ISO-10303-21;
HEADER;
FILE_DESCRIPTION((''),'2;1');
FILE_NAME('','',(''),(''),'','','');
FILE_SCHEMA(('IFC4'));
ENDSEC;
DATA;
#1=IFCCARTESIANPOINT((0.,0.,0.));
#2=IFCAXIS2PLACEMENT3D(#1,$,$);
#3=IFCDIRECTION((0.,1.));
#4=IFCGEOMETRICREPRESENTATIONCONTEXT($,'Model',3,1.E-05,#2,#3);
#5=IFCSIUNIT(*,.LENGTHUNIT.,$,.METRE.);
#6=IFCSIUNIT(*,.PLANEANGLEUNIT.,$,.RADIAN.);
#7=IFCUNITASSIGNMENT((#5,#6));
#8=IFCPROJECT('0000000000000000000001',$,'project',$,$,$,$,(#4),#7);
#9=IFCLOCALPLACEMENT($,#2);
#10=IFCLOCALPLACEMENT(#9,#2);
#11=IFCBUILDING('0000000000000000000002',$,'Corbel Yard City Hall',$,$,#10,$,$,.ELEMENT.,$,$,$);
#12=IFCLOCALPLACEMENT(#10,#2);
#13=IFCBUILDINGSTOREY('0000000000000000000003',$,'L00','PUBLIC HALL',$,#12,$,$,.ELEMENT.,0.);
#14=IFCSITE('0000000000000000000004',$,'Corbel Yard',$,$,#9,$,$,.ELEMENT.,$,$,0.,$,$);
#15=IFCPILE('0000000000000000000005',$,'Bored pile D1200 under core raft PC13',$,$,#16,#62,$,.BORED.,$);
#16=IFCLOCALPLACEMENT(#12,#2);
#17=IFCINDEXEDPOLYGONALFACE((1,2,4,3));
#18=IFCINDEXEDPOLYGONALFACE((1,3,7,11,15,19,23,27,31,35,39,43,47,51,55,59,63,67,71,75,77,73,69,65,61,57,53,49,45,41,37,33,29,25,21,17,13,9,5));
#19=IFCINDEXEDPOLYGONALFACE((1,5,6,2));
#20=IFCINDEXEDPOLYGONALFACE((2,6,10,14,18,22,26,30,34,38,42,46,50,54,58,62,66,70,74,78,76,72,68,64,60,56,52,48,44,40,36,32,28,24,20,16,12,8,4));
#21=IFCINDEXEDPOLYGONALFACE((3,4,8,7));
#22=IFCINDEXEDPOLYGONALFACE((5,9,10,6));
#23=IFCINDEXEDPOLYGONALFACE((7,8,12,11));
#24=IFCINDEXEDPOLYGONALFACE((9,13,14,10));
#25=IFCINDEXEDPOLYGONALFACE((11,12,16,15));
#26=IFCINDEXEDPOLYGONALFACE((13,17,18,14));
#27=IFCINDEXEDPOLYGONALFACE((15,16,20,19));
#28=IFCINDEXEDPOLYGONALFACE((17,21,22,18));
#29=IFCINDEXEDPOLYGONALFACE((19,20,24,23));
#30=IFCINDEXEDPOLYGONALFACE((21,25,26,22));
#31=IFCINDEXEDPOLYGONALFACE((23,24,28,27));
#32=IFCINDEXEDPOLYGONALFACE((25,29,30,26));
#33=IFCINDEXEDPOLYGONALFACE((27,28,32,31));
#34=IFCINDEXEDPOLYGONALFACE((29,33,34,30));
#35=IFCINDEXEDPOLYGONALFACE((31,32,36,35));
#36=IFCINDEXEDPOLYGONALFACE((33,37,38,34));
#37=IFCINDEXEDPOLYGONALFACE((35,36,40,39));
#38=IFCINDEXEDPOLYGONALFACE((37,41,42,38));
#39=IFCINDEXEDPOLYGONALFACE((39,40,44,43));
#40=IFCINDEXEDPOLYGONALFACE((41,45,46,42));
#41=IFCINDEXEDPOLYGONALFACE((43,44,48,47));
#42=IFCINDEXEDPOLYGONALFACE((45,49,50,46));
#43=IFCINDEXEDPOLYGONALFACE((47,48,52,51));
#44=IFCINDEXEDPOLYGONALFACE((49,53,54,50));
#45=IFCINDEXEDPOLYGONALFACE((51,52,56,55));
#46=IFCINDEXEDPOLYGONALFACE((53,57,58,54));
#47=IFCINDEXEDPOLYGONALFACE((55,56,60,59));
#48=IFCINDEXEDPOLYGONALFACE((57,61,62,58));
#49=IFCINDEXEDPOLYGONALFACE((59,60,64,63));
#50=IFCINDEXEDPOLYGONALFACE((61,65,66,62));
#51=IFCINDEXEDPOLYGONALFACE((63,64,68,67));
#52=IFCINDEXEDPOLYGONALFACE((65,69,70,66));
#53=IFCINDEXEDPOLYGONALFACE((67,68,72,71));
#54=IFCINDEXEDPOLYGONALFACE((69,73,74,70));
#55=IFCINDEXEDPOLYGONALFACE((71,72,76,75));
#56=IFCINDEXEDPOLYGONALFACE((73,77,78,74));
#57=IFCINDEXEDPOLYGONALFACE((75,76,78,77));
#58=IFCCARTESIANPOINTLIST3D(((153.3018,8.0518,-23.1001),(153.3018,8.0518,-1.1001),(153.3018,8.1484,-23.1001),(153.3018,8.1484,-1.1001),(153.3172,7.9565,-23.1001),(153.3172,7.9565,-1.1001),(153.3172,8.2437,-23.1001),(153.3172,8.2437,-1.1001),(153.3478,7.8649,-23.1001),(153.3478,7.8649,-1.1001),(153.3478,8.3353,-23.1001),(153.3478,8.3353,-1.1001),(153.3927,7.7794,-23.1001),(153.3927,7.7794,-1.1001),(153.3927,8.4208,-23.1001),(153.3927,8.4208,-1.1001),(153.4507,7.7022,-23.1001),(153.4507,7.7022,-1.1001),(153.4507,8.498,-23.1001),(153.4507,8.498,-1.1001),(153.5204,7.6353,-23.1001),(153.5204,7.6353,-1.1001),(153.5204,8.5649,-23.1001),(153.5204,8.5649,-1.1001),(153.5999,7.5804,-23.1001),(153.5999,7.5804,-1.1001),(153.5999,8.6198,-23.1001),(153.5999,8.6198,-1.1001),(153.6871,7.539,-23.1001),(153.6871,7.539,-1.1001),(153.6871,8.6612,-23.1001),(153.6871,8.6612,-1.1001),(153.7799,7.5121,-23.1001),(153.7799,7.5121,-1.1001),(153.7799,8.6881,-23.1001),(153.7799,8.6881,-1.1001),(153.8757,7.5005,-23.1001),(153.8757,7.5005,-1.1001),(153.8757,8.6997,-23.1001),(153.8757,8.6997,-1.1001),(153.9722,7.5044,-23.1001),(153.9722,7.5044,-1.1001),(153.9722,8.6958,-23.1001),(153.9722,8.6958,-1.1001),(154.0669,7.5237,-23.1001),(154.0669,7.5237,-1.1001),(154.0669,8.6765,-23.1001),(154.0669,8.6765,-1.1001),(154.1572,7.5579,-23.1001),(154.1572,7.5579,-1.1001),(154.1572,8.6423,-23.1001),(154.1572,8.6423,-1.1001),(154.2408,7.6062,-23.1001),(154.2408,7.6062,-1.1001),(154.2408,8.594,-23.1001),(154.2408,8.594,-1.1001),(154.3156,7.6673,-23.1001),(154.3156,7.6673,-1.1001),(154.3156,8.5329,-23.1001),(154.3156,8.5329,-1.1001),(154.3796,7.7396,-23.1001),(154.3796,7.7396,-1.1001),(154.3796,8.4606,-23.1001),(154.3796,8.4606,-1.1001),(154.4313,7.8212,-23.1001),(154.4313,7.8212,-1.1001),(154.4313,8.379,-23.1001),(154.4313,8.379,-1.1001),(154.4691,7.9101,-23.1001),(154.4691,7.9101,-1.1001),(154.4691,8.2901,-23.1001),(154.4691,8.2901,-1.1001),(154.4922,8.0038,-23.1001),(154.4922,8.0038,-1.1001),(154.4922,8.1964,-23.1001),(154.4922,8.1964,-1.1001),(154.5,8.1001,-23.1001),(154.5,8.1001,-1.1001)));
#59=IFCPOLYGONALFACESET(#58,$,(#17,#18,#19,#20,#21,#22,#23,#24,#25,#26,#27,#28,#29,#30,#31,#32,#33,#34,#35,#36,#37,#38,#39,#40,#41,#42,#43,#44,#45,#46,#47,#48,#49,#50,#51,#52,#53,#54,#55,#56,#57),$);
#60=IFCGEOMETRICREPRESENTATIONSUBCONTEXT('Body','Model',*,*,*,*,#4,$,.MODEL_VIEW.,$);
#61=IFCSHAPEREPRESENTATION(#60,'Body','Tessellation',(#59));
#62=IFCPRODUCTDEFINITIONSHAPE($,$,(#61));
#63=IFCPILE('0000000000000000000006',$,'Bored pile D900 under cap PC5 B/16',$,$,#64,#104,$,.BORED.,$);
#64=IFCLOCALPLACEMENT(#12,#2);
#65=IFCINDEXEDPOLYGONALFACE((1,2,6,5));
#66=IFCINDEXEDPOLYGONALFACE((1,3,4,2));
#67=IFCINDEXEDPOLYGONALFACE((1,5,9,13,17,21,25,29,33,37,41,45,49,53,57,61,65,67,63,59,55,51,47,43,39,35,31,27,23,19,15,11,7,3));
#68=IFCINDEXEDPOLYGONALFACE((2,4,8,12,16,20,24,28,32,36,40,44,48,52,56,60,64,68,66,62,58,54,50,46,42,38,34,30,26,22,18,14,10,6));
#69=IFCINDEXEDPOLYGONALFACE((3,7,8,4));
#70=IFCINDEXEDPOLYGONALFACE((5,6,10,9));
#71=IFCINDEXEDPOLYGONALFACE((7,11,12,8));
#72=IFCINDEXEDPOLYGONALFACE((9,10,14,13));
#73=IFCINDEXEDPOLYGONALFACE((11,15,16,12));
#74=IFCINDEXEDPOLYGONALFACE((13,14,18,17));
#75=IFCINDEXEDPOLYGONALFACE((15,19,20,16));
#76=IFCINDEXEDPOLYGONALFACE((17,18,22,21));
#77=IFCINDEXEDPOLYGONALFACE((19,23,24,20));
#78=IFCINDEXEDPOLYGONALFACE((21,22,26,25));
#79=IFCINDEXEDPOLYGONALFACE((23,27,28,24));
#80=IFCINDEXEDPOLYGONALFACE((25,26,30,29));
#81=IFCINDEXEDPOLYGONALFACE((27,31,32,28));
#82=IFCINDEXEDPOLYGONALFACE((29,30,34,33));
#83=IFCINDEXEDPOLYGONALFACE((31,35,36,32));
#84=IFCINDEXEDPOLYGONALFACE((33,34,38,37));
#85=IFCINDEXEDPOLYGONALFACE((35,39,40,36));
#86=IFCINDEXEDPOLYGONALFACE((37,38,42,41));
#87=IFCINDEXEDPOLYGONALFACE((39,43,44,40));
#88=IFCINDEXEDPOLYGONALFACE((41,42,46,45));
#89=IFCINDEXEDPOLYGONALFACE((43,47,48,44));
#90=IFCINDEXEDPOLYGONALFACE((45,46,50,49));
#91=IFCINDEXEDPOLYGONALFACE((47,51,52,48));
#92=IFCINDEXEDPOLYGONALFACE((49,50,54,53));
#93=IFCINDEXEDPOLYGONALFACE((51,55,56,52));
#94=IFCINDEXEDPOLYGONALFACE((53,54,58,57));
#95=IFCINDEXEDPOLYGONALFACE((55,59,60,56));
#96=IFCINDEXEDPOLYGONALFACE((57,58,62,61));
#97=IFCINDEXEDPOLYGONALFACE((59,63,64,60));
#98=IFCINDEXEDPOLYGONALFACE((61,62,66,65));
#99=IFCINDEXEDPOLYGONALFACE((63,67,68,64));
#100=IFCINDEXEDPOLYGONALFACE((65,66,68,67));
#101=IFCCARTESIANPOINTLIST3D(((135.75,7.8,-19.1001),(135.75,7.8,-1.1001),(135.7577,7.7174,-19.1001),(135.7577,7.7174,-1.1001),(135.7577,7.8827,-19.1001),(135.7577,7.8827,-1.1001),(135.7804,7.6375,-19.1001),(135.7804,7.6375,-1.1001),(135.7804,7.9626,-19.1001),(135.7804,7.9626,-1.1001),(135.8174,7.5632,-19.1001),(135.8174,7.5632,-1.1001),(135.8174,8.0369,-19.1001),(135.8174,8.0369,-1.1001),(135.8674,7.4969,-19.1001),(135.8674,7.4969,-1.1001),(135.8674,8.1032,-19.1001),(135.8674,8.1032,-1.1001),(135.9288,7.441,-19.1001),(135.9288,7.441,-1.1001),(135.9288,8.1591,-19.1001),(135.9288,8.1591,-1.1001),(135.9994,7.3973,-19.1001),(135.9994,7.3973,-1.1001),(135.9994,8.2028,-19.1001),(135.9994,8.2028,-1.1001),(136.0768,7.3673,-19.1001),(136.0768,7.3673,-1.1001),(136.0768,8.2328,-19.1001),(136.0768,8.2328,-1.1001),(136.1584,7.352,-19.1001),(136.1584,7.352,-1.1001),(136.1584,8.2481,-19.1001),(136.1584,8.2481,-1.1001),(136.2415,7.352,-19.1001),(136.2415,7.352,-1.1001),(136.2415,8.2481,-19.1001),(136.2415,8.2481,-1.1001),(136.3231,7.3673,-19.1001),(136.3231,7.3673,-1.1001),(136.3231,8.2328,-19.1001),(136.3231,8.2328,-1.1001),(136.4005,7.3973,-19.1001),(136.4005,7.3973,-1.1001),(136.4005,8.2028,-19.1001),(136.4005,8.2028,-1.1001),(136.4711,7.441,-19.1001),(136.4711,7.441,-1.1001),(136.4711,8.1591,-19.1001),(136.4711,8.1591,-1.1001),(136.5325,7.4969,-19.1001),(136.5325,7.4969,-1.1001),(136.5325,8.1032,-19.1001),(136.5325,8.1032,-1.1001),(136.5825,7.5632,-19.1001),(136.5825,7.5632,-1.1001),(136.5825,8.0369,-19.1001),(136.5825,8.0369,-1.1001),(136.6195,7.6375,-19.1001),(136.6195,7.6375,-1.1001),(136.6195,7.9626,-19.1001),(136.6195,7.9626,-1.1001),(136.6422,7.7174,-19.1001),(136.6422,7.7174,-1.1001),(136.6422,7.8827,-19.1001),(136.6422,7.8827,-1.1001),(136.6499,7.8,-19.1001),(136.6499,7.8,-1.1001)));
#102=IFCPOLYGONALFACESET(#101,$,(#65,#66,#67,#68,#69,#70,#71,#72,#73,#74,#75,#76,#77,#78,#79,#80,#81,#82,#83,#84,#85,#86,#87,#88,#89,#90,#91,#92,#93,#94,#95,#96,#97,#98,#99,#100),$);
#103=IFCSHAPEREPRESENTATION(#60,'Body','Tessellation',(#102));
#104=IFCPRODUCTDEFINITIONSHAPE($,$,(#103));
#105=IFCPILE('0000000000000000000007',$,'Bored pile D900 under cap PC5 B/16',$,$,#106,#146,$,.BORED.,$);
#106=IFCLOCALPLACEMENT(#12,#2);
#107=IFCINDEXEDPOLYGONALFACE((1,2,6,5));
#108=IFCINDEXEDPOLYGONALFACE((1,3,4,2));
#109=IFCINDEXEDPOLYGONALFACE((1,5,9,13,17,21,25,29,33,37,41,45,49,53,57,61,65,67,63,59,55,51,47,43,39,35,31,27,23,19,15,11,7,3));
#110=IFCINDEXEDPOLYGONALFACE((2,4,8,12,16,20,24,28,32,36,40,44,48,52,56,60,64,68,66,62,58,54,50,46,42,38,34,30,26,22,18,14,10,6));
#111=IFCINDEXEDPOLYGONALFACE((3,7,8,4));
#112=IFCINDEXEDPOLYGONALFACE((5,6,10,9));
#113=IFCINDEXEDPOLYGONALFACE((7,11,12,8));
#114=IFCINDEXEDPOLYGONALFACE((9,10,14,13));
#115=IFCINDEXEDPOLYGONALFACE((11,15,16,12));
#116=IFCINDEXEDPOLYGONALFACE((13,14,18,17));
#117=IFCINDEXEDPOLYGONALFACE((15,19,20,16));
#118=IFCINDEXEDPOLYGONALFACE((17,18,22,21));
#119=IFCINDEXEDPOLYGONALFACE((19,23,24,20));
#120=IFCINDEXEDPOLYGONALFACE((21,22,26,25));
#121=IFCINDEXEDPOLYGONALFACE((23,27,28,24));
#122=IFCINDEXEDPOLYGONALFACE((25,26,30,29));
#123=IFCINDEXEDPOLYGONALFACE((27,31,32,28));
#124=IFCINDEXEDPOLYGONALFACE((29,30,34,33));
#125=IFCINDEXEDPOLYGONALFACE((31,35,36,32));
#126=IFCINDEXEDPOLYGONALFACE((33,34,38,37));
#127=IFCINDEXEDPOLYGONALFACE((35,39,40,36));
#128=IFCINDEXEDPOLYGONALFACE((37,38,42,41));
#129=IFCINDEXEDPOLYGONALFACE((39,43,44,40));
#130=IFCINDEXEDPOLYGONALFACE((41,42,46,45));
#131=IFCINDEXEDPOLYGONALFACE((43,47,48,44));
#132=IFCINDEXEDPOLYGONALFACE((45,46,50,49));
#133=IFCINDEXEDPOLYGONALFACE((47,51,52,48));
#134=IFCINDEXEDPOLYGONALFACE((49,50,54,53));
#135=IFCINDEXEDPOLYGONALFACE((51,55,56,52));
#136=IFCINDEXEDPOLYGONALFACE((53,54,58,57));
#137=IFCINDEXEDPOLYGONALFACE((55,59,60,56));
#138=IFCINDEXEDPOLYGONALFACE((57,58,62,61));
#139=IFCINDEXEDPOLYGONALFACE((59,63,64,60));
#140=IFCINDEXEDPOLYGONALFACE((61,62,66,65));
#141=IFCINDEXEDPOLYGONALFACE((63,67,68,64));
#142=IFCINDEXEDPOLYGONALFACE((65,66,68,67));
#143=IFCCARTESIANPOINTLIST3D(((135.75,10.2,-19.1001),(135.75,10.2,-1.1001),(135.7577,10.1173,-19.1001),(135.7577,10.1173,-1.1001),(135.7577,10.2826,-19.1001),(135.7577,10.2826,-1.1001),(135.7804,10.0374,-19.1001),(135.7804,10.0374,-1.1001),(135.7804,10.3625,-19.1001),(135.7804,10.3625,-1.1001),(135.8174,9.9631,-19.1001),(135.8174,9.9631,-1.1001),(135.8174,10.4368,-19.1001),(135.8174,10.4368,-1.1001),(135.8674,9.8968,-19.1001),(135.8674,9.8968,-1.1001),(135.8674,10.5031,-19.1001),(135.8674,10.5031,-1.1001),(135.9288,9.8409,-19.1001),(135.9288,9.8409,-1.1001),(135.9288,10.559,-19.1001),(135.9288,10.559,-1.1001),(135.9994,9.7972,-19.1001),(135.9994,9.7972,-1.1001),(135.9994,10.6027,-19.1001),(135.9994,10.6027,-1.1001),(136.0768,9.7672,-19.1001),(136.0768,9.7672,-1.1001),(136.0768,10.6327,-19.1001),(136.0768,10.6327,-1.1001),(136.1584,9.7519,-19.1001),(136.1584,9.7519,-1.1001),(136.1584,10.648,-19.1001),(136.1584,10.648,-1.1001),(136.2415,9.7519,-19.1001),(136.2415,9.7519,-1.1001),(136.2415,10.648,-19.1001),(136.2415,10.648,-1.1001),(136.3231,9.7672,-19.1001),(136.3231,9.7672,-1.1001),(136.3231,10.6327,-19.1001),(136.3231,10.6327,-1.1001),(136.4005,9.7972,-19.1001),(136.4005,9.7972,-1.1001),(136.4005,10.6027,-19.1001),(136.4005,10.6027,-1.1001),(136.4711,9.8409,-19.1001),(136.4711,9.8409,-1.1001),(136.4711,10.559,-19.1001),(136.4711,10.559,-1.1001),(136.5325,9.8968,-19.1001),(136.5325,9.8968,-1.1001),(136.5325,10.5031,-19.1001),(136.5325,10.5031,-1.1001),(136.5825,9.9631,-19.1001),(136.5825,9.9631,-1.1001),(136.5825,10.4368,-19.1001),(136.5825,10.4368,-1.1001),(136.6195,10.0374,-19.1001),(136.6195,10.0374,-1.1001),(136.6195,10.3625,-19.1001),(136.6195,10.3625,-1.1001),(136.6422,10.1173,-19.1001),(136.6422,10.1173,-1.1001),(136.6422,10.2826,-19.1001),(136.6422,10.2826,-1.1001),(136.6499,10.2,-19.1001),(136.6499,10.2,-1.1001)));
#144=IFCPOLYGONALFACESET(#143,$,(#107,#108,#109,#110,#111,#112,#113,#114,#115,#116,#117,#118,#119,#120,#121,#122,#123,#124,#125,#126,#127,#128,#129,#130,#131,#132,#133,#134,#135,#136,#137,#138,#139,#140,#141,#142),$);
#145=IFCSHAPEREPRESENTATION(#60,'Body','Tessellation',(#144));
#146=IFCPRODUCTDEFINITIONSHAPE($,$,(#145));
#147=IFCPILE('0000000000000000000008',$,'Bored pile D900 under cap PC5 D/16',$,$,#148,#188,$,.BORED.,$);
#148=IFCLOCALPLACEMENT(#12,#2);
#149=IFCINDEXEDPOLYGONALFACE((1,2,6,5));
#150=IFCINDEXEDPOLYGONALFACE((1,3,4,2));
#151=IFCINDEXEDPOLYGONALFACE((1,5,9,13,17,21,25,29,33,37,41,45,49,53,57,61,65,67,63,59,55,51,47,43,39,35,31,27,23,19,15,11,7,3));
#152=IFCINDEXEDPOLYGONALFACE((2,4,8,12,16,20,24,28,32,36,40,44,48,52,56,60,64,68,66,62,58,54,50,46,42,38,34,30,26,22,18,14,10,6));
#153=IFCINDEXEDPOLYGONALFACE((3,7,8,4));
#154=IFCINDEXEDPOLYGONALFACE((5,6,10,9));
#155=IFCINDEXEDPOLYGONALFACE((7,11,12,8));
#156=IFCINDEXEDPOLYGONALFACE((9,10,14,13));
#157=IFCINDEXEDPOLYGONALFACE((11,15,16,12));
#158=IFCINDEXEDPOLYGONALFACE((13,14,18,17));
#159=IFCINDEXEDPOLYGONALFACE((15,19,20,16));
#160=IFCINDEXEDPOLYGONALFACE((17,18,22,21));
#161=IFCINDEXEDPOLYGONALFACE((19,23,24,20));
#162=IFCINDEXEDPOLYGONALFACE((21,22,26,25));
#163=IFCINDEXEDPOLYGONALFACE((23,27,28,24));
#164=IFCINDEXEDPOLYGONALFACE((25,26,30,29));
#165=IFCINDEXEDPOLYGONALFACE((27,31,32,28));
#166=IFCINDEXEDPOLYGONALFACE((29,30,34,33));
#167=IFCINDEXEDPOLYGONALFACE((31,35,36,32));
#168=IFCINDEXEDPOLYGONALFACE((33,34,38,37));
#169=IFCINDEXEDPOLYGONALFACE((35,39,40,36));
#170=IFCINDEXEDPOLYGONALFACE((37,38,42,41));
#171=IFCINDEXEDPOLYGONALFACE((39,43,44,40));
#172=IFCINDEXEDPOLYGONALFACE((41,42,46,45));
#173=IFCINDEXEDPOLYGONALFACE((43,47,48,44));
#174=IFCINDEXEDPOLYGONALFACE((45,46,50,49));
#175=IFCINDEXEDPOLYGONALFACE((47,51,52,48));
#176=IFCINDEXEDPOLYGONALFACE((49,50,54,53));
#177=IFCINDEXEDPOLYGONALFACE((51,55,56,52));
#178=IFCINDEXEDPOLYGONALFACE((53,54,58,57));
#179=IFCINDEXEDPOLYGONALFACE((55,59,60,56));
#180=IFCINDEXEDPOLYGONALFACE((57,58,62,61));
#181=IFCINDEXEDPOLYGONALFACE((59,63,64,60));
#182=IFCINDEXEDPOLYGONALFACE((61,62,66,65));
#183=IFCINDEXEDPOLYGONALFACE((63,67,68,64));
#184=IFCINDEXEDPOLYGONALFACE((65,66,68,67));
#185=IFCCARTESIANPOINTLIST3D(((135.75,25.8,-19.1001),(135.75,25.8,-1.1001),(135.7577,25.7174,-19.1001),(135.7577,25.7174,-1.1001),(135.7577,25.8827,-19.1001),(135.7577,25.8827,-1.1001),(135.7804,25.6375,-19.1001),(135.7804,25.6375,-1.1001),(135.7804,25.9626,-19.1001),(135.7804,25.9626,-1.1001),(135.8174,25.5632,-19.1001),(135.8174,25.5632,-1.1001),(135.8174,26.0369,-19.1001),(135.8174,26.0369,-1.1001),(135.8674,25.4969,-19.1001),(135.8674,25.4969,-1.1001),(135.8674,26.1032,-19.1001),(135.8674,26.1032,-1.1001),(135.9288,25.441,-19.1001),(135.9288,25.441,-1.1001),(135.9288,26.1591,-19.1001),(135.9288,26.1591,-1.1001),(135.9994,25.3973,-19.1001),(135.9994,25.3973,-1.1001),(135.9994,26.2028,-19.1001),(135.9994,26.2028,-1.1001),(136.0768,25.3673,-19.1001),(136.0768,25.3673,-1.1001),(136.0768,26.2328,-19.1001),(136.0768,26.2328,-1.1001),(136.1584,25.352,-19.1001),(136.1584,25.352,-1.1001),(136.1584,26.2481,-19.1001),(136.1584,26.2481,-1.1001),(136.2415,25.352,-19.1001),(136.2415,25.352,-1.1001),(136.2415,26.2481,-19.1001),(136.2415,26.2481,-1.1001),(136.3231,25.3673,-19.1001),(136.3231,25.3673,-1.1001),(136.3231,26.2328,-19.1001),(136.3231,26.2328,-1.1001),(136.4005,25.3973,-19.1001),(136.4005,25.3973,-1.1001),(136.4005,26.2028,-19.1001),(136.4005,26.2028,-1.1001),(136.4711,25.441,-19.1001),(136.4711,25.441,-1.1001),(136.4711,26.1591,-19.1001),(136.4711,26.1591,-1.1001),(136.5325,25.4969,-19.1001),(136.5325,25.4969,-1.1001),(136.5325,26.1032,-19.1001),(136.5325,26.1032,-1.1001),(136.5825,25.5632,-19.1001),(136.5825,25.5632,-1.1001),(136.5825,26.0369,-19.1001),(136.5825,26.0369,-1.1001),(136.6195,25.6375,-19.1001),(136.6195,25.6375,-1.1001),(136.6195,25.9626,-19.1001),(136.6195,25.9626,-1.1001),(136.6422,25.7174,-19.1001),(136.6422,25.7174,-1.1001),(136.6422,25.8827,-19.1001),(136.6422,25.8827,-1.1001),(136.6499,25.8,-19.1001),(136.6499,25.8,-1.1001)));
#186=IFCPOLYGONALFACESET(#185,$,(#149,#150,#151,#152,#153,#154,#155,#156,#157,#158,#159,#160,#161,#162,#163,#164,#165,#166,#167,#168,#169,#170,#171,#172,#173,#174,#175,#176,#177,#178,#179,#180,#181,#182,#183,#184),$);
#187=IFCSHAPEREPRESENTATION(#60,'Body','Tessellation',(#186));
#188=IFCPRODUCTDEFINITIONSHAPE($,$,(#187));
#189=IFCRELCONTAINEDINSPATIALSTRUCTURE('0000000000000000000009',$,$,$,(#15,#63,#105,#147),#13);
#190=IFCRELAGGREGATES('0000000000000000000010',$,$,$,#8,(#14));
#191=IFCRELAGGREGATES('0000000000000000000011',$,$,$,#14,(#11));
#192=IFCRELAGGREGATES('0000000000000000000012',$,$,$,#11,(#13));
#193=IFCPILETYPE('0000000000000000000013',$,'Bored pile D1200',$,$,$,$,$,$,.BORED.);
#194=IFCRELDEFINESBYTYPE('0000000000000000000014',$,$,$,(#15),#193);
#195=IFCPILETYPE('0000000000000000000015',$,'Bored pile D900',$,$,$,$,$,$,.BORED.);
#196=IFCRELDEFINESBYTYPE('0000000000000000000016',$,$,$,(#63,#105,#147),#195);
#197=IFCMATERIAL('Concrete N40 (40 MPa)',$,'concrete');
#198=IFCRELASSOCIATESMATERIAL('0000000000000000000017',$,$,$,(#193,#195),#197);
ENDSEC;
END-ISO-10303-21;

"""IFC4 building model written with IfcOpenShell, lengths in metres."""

from ifc_helpers import new_model, si_unit, direction, frame, origin, origin_2d, place, context, subcontext, project, spatial, circle, extrude, material, material_profile, profile_set, type_object, element, save


model = new_model("IFC4")

# Units and contexts
model_context = context("Model", 3, precision=1e-05, world=origin(), true_north=direction((0.0, 1.0)))
body_context = subcontext(model_context, "Body", "Model", "MODEL_VIEW")
ifc_project = project(units=[si_unit("LENGTHUNIT", "METRE"), si_unit("PLANEANGLEUNIT", "RADIAN")], contexts=[model_context])

# Site, building, storey
site_placement = place(None, origin())
site = spatial("IfcSite", under=ifc_project, at=site_placement, Name="Corbel Yard", CompositionType="ELEMENT", RefElevation=0.0)
building_placement = place(site_placement, origin())
building = spatial("IfcBuilding", under=site, at=building_placement, Name="Corbel Yard City Hall", CompositionType="ELEMENT")
storey_placement = place(building_placement, origin())
storey = spatial("IfcBuildingStorey", under=building, at=storey_placement, Name="L00", Description="PUBLIC HALL", CompositionType="ELEMENT", Elevation=0.0)

# Piles
ifc_material_1 = material(Name="Concrete N40 (40 MPa)", Category="concrete")
ifc_material_profile_1 = material_profile(ifc_material_1, circle(Radius=0.6001, at=origin_2d()), Name="D1200")
ifc_profile_set_1 = profile_set([ifc_material_profile_1], Name="Concrete N40 (40 MPa)")
pile_type_1 = type_object("IfcPileType", Name="Bored pile D1200", PredefinedType="BORED", material=ifc_profile_set_1)
pile_placement = place(storey_placement, frame((153.8999, 8.1001, -1.1001), z_axis=(0.0, 0.0, -1.0), x_axis=(1.0, 0.0, 0.0)))
element("IfcPile", 1, at=pile_placement, inside=storey, type_object=pile_type_1, Name="Bored pile D1200 under core raft PC13", PredefinedType="BORED", context=body_context, shape_type="SweptSolid", body=[
    extrude(circle(Radius=0.6001, at=origin_2d()), origin(), (0.0, 0.0, 1.0), 22.0),
])
ifc_material_profile_2 = material_profile(ifc_material_1, circle(Radius=0.45, at=origin_2d()), Name="D900")
ifc_profile_set_2 = profile_set([ifc_material_profile_2], Name="Concrete N40 (40 MPa)")
pile_type_2 = type_object("IfcPileType", Name="Bored pile D900", PredefinedType="BORED", material=ifc_profile_set_2)
for number, where, z_axis, x_axis, name in (
    (2, (136.2, 7.8, -1.1001), (0.0, 0.0, -1.0), (1.0, 0.0, 0.0), "Bored pile D900 under cap PC5 B/16"),
    (3, (136.2, 10.2, -1.1001), (0.0, 0.0, -1.0), (1.0, 0.0, 0.0), "Bored pile D900 under cap PC5 B/16"),
    (4, (136.2, 25.8, -1.1001), (0.0, 0.0, -1.0), (1.0, 0.0, 0.0), "Bored pile D900 under cap PC5 D/16"),
):
    element("IfcPile", number, at=place(storey_placement, frame(where, z_axis=z_axis, x_axis=x_axis)), inside=storey, type_object=pile_type_2, Name=name, PredefinedType="BORED", context=body_context, shape_type="SweptSolid", body=[
        extrude(circle(Radius=0.45, at=origin_2d()), origin(), (0.0, 0.0, 1.0), 18.0),
    ])

save(model, "model.ifc")
